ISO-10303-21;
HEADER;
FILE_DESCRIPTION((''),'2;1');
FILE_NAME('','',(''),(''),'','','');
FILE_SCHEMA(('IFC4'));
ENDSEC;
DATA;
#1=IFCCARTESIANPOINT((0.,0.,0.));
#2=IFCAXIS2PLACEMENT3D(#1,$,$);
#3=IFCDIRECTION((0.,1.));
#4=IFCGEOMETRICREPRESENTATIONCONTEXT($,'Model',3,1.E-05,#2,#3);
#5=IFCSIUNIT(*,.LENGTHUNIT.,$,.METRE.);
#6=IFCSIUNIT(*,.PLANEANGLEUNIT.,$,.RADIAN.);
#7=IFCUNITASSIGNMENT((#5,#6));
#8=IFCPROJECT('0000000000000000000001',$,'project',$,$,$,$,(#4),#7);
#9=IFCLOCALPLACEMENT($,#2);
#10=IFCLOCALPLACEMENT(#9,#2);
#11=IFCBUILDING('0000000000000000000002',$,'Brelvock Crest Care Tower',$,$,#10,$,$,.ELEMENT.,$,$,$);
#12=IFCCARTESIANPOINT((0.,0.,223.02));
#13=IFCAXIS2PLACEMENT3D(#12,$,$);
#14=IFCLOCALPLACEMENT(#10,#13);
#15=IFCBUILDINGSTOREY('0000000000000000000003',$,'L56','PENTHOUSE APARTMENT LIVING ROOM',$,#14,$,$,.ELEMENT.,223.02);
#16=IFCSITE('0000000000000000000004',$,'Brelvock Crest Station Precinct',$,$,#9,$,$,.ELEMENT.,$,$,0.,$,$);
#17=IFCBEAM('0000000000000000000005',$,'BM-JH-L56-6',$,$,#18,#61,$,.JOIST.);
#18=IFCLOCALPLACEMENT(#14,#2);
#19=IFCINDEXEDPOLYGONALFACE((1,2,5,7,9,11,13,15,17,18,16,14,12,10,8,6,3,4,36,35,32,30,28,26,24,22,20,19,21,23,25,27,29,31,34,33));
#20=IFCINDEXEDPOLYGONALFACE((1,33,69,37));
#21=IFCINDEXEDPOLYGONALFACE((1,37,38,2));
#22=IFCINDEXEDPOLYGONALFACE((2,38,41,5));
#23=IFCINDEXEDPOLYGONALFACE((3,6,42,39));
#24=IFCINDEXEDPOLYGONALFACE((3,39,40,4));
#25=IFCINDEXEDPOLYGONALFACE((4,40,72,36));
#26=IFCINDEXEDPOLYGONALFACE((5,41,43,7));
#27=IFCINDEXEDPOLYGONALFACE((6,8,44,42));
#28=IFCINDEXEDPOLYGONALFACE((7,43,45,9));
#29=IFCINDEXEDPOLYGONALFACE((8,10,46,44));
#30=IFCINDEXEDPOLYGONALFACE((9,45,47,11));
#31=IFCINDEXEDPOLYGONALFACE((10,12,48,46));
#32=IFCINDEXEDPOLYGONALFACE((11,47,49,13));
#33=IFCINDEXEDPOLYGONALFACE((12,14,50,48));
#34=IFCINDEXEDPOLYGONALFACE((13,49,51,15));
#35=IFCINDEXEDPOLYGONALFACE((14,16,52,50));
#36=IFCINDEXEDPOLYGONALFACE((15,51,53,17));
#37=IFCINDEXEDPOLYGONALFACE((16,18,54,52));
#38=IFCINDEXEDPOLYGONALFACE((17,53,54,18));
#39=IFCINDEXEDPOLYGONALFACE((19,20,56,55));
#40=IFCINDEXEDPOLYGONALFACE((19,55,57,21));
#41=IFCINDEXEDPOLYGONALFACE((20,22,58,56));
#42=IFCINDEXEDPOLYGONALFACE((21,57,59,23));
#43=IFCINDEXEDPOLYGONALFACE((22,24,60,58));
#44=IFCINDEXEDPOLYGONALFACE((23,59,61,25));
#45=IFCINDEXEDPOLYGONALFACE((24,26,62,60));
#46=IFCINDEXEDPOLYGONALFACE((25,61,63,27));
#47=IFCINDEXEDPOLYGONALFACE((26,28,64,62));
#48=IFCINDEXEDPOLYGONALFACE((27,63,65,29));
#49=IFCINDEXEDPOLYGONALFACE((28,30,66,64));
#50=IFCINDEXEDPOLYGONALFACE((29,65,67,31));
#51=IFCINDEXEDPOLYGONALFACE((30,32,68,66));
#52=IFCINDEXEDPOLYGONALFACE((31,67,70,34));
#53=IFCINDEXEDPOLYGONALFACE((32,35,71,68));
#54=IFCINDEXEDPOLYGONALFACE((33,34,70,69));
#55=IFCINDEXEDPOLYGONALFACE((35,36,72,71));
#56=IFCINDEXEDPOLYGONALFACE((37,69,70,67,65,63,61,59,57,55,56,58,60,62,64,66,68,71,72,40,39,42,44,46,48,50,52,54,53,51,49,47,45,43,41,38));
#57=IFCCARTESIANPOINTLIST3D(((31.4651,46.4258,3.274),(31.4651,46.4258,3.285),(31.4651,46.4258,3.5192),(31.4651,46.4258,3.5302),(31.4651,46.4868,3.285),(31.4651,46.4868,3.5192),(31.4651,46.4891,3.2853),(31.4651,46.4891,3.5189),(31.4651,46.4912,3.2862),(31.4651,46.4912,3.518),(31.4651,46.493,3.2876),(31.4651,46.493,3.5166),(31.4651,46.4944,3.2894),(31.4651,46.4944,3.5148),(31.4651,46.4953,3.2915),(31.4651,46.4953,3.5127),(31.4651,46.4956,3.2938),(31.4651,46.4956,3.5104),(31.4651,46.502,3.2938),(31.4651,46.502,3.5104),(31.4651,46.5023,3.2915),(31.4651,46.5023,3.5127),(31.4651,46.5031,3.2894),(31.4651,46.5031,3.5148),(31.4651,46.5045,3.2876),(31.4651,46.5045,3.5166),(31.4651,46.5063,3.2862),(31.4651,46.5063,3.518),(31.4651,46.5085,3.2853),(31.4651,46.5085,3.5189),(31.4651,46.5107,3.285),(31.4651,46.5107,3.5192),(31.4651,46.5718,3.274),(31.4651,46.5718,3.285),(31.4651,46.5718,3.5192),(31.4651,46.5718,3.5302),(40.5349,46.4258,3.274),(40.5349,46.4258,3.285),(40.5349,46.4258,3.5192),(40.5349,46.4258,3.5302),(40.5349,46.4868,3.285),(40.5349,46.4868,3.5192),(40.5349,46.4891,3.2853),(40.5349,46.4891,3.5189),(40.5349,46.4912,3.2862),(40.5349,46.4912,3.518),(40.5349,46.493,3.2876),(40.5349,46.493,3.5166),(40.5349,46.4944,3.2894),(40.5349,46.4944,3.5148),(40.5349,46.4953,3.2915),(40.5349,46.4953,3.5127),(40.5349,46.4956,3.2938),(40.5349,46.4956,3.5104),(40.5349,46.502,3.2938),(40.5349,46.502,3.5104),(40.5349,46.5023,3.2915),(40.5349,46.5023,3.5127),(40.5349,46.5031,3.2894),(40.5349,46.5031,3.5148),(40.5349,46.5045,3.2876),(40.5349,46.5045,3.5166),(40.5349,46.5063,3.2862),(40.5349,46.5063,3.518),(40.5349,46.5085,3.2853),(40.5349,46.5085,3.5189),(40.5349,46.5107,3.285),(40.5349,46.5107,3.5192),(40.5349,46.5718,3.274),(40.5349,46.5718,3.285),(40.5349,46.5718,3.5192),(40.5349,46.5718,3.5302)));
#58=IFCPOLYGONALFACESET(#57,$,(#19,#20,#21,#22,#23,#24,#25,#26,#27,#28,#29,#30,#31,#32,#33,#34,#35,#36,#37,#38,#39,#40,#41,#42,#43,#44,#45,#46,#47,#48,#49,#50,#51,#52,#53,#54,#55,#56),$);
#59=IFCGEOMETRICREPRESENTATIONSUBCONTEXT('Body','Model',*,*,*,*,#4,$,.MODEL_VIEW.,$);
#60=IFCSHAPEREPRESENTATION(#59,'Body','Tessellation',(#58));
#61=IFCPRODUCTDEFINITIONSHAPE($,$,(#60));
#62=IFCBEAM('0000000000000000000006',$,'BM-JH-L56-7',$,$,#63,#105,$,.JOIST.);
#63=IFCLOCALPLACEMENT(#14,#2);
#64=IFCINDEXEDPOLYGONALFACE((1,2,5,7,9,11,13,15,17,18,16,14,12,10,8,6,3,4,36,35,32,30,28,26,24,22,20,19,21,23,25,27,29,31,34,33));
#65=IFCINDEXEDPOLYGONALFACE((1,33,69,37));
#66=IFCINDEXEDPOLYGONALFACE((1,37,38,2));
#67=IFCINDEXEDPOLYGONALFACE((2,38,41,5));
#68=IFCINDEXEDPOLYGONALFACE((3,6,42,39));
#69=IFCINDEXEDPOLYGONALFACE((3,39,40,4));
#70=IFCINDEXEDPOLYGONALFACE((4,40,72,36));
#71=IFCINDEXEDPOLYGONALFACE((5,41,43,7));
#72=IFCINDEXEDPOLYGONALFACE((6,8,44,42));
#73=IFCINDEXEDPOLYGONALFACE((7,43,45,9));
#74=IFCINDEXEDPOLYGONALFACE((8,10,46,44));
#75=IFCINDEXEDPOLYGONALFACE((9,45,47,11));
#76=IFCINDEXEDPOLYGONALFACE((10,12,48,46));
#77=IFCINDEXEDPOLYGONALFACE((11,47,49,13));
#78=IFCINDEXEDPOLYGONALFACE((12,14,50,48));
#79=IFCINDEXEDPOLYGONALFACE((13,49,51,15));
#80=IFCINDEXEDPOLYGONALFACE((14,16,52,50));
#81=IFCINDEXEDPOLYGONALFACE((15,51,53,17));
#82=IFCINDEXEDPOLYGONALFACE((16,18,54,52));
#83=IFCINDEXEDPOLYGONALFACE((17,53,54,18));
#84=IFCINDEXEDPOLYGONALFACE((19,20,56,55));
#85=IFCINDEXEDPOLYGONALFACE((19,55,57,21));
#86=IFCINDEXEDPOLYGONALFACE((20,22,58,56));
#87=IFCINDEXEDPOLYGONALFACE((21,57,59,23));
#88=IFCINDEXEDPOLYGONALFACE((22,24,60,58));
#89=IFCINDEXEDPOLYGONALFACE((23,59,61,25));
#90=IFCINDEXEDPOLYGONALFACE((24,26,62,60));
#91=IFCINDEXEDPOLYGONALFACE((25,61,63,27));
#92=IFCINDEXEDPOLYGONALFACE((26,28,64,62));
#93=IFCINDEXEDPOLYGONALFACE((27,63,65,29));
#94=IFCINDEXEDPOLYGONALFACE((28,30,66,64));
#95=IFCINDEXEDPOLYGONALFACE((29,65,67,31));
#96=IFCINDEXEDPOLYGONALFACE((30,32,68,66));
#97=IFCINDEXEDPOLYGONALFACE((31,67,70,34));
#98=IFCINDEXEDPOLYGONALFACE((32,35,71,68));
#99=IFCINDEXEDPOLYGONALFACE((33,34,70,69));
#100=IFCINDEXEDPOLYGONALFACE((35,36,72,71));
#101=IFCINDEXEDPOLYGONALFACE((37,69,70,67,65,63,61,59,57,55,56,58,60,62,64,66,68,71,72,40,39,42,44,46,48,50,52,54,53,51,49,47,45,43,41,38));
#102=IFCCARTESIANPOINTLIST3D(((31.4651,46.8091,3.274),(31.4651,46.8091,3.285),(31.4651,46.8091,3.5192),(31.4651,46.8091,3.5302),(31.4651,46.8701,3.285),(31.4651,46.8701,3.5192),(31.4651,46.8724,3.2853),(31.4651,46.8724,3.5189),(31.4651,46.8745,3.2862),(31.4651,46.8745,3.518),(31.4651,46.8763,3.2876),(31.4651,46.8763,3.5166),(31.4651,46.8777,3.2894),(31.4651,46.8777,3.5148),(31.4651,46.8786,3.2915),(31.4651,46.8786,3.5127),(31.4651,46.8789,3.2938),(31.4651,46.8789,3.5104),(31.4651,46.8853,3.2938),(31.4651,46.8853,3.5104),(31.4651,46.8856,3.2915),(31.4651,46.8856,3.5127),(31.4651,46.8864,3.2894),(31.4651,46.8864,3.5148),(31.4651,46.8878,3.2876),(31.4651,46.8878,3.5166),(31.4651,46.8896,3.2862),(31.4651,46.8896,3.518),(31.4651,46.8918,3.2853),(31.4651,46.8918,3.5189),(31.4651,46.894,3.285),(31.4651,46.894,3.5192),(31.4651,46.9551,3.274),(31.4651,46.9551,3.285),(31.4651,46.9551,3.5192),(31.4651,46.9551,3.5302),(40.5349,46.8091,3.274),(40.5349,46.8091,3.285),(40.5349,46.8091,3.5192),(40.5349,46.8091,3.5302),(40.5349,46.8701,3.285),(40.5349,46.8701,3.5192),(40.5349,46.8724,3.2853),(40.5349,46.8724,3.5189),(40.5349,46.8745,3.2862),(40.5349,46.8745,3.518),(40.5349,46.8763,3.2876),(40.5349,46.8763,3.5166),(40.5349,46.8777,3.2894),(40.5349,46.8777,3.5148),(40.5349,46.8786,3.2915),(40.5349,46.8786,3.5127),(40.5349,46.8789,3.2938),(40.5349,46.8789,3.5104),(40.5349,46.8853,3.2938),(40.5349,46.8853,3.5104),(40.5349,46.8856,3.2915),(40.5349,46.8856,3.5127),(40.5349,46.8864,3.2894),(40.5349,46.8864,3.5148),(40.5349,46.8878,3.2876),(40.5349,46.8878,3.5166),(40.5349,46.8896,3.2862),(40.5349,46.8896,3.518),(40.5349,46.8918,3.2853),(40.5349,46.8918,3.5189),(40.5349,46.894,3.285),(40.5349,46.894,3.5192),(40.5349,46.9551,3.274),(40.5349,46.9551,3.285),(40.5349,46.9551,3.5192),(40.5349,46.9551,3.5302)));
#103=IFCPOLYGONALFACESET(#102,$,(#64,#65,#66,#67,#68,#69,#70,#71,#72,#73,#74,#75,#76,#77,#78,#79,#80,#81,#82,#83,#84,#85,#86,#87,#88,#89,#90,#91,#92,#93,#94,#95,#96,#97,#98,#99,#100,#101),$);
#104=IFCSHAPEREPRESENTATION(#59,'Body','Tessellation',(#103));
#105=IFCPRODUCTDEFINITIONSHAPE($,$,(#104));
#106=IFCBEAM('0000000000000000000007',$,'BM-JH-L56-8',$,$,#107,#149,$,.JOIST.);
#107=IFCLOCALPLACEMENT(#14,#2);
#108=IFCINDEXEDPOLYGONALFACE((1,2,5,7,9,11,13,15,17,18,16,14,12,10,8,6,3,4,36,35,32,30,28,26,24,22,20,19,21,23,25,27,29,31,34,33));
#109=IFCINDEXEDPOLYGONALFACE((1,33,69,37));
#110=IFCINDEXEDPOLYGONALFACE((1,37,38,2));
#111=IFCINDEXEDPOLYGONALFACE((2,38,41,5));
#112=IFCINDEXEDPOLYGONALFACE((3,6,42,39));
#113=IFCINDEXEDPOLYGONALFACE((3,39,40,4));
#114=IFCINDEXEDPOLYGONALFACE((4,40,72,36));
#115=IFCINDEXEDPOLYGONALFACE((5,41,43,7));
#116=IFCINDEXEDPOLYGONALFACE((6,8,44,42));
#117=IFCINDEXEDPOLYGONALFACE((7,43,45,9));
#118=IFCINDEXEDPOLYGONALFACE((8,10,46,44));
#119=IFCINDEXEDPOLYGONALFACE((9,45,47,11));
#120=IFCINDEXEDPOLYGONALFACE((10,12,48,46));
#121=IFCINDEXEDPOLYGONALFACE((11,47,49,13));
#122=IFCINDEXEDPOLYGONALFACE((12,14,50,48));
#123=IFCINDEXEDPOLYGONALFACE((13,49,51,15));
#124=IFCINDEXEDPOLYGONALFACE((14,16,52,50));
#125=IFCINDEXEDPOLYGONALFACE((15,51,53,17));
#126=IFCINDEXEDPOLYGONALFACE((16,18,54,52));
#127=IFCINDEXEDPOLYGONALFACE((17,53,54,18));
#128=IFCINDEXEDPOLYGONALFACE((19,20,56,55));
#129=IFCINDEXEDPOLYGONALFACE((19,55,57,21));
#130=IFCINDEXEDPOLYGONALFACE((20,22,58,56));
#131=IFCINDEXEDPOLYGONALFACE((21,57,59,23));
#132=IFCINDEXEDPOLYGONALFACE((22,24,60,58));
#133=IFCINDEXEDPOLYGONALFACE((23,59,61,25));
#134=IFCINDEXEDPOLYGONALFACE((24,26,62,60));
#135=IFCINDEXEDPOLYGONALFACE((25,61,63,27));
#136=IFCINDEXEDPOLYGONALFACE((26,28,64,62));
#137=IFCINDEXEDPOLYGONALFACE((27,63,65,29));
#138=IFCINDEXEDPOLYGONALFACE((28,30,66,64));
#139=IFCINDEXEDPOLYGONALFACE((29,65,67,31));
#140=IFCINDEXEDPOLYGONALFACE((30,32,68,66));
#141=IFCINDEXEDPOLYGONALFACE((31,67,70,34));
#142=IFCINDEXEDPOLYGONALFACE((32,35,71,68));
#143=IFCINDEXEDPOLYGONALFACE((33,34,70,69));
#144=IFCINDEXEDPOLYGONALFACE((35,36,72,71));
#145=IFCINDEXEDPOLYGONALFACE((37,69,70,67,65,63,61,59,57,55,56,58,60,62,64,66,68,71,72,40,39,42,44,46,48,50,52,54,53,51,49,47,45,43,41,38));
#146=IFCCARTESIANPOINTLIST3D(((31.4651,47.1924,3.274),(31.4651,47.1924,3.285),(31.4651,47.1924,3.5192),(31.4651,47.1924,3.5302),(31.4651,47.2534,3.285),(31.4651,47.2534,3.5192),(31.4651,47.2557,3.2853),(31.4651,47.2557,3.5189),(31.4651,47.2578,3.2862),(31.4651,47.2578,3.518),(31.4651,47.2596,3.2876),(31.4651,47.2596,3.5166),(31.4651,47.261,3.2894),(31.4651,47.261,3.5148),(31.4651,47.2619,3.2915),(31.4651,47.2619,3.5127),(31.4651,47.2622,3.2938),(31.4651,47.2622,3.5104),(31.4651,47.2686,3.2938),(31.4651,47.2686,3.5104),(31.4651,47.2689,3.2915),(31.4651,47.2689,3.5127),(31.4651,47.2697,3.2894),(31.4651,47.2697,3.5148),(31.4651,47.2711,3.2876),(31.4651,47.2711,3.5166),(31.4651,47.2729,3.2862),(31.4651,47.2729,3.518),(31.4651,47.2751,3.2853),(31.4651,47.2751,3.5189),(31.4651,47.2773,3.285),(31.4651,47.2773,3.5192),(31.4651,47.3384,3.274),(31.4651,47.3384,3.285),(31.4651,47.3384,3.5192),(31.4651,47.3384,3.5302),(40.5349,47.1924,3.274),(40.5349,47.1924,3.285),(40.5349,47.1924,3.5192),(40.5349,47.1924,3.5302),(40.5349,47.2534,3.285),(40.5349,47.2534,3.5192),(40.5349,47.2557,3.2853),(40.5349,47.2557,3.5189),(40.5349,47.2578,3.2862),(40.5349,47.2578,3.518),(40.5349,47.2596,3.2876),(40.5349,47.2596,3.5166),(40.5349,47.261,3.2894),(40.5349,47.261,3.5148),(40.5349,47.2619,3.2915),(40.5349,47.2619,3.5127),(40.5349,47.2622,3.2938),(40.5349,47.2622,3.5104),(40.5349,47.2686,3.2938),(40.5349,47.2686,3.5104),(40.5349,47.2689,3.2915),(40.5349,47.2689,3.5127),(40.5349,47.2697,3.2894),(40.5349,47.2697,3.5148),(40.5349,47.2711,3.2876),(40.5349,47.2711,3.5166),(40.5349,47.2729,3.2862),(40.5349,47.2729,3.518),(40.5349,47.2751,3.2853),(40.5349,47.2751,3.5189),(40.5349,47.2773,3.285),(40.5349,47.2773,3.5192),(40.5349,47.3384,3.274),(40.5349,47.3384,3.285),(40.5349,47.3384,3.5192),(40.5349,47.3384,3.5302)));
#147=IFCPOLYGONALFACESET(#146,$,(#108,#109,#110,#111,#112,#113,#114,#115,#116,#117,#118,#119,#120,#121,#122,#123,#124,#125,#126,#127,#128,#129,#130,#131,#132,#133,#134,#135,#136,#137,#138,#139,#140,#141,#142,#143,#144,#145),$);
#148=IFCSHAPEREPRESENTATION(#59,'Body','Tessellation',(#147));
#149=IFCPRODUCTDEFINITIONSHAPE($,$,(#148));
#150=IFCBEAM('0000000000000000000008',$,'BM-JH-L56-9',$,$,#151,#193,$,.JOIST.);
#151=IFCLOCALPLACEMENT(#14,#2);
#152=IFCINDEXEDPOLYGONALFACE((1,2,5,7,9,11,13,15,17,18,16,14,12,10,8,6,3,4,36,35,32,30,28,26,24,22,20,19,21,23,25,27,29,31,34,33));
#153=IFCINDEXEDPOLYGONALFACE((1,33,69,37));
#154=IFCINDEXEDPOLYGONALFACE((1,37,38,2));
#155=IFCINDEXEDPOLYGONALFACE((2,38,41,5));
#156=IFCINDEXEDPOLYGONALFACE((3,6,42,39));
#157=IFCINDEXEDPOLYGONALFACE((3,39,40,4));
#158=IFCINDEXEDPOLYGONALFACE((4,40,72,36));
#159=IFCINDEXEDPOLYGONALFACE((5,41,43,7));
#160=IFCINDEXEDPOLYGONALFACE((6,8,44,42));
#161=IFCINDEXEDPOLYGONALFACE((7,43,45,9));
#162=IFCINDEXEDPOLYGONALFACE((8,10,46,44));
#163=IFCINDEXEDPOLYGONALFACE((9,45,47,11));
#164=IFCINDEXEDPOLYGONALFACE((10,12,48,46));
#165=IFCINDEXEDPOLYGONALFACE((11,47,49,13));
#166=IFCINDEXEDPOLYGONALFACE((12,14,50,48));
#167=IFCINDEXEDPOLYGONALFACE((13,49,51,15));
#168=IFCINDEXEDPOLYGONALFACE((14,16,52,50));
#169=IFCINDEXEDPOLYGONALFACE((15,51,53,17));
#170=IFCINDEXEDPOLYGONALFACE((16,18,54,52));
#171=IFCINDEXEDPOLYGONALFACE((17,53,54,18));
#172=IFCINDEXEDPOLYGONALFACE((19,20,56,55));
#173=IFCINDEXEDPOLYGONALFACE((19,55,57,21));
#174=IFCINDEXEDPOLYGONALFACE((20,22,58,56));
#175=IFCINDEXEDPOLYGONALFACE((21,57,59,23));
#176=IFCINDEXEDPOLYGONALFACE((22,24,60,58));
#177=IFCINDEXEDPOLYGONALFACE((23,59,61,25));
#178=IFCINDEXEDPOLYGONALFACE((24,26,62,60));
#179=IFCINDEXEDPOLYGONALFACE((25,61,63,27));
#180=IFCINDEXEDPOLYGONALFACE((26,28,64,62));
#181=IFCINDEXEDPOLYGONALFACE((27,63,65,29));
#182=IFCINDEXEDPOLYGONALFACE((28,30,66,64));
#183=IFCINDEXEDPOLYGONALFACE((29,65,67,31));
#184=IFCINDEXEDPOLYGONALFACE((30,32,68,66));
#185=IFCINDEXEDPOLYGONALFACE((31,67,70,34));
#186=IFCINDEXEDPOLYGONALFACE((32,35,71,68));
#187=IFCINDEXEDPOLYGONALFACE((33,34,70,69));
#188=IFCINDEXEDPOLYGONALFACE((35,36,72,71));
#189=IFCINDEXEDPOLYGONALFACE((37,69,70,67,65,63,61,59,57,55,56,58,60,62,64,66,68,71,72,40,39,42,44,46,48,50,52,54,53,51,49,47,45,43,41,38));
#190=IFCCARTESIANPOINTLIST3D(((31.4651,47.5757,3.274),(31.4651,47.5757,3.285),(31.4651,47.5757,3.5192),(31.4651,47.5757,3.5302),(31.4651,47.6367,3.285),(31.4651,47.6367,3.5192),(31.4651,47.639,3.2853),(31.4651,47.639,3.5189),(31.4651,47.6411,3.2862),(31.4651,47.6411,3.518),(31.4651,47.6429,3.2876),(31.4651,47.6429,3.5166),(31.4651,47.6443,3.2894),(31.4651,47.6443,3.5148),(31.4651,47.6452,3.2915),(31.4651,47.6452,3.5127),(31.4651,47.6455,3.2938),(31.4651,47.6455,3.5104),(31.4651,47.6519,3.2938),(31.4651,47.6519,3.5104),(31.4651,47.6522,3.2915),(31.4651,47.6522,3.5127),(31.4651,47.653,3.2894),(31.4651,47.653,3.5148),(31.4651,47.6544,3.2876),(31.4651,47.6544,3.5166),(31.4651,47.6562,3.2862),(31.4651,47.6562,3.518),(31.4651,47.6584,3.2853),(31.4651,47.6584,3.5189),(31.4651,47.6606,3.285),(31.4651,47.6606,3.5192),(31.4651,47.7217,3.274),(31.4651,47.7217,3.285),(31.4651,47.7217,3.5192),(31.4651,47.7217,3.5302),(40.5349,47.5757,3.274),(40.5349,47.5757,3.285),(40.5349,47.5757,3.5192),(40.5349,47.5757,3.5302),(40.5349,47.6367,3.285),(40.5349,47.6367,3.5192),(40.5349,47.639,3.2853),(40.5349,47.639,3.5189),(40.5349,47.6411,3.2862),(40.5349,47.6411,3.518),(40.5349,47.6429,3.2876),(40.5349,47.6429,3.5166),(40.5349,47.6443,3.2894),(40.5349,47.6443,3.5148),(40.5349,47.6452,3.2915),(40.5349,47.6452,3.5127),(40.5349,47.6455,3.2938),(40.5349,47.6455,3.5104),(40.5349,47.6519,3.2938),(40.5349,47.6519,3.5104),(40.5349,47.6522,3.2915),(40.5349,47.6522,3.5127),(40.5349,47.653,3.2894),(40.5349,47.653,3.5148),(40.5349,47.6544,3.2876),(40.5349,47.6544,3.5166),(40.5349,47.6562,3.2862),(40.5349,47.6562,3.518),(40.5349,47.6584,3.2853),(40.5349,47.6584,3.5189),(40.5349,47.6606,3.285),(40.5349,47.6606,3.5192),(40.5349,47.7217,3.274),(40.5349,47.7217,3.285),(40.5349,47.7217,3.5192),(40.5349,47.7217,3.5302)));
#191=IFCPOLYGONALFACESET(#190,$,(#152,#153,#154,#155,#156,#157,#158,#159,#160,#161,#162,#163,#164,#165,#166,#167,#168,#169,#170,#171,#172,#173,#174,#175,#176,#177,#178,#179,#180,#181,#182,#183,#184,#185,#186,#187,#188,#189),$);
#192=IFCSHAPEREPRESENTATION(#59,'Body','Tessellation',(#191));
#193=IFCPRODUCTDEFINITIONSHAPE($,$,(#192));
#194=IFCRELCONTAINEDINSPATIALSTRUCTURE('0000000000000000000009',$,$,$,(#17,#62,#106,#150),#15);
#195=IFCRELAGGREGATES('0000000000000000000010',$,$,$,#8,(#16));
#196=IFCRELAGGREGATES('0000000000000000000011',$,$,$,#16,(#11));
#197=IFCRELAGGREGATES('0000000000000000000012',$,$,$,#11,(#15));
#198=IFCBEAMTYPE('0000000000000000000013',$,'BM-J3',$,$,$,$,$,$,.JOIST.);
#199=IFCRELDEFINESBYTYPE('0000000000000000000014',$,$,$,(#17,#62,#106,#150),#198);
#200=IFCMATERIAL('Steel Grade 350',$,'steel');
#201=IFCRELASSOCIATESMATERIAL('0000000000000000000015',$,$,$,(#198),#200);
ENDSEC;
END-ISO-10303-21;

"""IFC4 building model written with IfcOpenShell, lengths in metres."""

from ifc_helpers import new_model, si_unit, direction, frame, origin, origin_2d, place, context, subcontext, project, spatial, i_section, extrude, source, transform, mapped, material, material_profile, profile_set, type_object, element, save


model = new_model("IFC4")

# Units and contexts
model_context = context("Model", 3, precision=1e-05, world=origin(), true_north=direction((0.0, 1.0)))
body_context = subcontext(model_context, "Body", "Model", "MODEL_VIEW")
ifc_project = project(units=[si_unit("LENGTHUNIT", "METRE"), si_unit("PLANEANGLEUNIT", "RADIAN")], contexts=[model_context])

# Site, building, storey
site_placement = place(None, origin())
site = spatial("IfcSite", under=ifc_project, at=site_placement, Name="Brelvock Crest Station Precinct", CompositionType="ELEMENT", RefElevation=0.0)
building_placement = place(site_placement, origin())
building = spatial("IfcBuilding", under=site, at=building_placement, Name="Brelvock Crest Care Tower", CompositionType="ELEMENT")
storey_placement = place(building_placement, frame((0.0, 0.0, 223.02)))
storey = spatial("IfcBuildingStorey", under=building, at=storey_placement, Name="L56", Description="PENTHOUSE APARTMENT LIVING ROOM", CompositionType="ELEMENT", Elevation=223.02)

# Beams
ifc_material_1 = material(Name="Steel Grade 350", Category="steel")
ifc_material_profile_1 = material_profile(ifc_material_1, i_section(OverallWidth=0.146, OverallDepth=0.2561, WebThickness=0.0063, FlangeThickness=0.011, FilletRadius=0.0088, at=origin_2d()), Name="250UB37.3")
ifc_profile_set_1 = profile_set([ifc_material_profile_1], Name="Steel Grade 350")
beam_type_1 = type_object("IfcBeamType", Name="BM-J3", PredefinedType="JOIST", material=ifc_profile_set_1)
shared_shape_1 = source(origin(), body_context, "Body", "SweptSolid", [
    extrude(i_section(OverallWidth=0.146, OverallDepth=0.2561, WebThickness=0.0063, FlangeThickness=0.011, FilletRadius=0.0088, at=origin_2d()), origin(), (0.0, 0.0, 1.0), 9.0698),
])
for number, where, z_axis, x_axis, name in (
    (1, (31.4651, 46.4988, 3.4021), (1.0, 0.0, 0.0), (0.0, 1.0, 0.0), "BM-JH-L56-6"),
    (2, (31.4651, 46.8821, 3.4021), (1.0, 0.0, 0.0), (0.0, 1.0, 0.0), "BM-JH-L56-7"),
    (3, (31.4651, 47.2654, 3.4021), (1.0, 0.0, 0.0), (0.0, 1.0, 0.0), "BM-JH-L56-8"),
    (4, (31.4651, 47.6487, 3.4021), (1.0, 0.0, 0.0), (0.0, 1.0, 0.0), "BM-JH-L56-9"),
):
    element("IfcBeam", number, at=place(storey_placement, frame(where, z_axis=z_axis, x_axis=x_axis)), inside=storey, type_object=beam_type_1, Name=name, PredefinedType="JOIST", context=body_context, shape_type="MappedRepresentation", body=[
        mapped(shared_shape_1, transform((0.0, 0.0, 0.0), x_axis=(1.0, 0.0, 0.0), y_axis=(0.0, 1.0, 0.0), z_axis=(0.0, 0.0, 1.0), scale=1.0)),
    ])

save(model, "model.ifc")
